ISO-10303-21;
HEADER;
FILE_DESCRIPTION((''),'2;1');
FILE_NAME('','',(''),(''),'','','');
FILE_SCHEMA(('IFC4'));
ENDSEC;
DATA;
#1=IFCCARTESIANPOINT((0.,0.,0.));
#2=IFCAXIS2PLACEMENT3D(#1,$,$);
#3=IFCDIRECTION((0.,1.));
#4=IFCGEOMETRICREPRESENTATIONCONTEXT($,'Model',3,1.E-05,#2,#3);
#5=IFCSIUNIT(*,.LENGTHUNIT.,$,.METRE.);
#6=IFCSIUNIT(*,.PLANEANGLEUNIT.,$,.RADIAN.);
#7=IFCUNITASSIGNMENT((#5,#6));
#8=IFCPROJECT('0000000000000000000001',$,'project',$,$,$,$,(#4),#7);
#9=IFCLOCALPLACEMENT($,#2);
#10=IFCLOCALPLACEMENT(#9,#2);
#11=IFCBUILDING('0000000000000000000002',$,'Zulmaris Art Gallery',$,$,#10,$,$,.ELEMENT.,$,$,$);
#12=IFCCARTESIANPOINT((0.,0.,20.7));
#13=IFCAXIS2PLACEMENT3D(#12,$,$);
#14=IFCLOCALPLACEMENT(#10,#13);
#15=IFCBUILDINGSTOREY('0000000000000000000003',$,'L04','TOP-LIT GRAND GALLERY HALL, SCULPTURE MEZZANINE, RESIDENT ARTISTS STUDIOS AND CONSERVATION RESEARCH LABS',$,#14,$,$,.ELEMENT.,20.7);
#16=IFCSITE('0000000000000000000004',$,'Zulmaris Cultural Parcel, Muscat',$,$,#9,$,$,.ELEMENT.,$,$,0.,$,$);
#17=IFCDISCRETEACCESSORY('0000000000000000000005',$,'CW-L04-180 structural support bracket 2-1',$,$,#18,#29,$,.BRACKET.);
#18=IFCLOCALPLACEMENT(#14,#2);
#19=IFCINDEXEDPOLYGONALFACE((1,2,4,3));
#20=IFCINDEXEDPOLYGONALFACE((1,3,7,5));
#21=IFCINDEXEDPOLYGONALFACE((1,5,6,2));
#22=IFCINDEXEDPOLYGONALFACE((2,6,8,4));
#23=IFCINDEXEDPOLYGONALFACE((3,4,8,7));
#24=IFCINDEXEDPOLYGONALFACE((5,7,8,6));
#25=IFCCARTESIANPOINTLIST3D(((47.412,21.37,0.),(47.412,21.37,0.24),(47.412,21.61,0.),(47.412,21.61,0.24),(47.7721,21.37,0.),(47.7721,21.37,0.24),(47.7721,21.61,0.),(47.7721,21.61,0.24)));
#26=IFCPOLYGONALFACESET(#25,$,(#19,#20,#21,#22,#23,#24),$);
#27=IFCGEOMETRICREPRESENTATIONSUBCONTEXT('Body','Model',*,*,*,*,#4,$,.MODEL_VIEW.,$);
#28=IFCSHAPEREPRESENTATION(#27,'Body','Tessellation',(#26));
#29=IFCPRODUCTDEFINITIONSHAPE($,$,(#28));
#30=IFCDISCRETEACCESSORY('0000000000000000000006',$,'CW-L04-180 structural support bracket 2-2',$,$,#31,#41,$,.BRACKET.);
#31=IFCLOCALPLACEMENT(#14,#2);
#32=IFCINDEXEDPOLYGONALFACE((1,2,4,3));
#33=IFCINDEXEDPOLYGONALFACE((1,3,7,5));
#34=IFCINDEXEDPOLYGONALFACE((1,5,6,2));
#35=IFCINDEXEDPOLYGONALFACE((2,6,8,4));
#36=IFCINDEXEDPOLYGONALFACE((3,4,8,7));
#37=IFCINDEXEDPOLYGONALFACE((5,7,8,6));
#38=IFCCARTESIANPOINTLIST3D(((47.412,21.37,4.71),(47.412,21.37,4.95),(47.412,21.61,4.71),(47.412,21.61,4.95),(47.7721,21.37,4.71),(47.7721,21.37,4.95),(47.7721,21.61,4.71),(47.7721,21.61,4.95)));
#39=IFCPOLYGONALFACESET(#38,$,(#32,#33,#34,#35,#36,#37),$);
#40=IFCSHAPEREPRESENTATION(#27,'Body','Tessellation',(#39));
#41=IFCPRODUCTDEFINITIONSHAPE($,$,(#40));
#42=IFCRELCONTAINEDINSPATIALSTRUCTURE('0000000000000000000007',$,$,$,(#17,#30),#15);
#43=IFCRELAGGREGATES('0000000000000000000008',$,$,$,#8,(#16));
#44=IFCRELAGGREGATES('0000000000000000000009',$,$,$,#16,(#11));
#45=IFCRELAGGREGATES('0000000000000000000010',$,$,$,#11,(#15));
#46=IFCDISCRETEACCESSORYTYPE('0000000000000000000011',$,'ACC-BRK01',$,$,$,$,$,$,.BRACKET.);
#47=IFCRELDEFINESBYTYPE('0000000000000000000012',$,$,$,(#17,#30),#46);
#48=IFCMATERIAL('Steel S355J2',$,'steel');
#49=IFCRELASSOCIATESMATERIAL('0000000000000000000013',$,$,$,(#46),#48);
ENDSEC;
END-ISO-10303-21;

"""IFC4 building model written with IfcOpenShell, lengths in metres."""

from ifc_helpers import new_model, si_unit, direction, frame, origin, origin_2d, place, context, subcontext, project, spatial, rectangle, extrude, material, type_object, element, save


model = new_model("IFC4")

# Units and contexts
model_context = context("Model", 3, precision=1e-05, world=origin(), true_north=direction((0.0, 1.0)))
body_context = subcontext(model_context, "Body", "Model", "MODEL_VIEW")
ifc_project = project(units=[si_unit("LENGTHUNIT", "METRE"), si_unit("PLANEANGLEUNIT", "RADIAN")], contexts=[model_context])

# Site, building, storey
site_placement = place(None, origin())
site = spatial("IfcSite", under=ifc_project, at=site_placement, Name="Zulmaris Cultural Parcel, Muscat", CompositionType="ELEMENT", RefElevation=0.0)
building_placement = place(site_placement, origin())
building = spatial("IfcBuilding", under=site, at=building_placement, Name="Zulmaris Art Gallery", CompositionType="ELEMENT")
storey_placement = place(building_placement, frame((0.0, 0.0, 20.7)))
storey = spatial("IfcBuildingStorey", under=building, at=storey_placement, Name="L04", Description="TOP-LIT GRAND GALLERY HALL, SCULPTURE MEZZANINE, RESIDENT ARTISTS STUDIOS AND CONSERVATION RESEARCH LABS", CompositionType="ELEMENT", Elevation=20.7)

# Shared definitions
ifc_material_1 = material(Name="Steel S355J2", Category="steel")

# Discrete accessories
discrete_accessory_type = type_object("IfcDiscreteAccessoryType", Name="ACC-BRK01", PredefinedType="BRACKET", material=ifc_material_1)
for number, where, z_axis, x_axis, name in (
    (1, (47.592, 21.49, 0.0), (0.0, 0.0, 1.0), (1.0, 0.0, 0.0), "CW-L04-180 structural support bracket 2-1"),
    (2, (47.592, 21.49, 4.71), (0.0, 0.0, 1.0), (1.0, 0.0, 0.0), "CW-L04-180 structural support bracket 2-2"),
):
    element("IfcDiscreteAccessory", number, at=place(storey_placement, frame(where, z_axis=z_axis, x_axis=x_axis)), inside=storey, type_object=discrete_accessory_type, Name=name, PredefinedType="BRACKET", context=body_context, shape_type="SweptSolid", body=[
        extrude(rectangle(XDim=0.3601, YDim=0.24, at=origin_2d()), origin(), (0.0, 0.0, 1.0), 0.24),
    ])

save(model, "model.ifc")
